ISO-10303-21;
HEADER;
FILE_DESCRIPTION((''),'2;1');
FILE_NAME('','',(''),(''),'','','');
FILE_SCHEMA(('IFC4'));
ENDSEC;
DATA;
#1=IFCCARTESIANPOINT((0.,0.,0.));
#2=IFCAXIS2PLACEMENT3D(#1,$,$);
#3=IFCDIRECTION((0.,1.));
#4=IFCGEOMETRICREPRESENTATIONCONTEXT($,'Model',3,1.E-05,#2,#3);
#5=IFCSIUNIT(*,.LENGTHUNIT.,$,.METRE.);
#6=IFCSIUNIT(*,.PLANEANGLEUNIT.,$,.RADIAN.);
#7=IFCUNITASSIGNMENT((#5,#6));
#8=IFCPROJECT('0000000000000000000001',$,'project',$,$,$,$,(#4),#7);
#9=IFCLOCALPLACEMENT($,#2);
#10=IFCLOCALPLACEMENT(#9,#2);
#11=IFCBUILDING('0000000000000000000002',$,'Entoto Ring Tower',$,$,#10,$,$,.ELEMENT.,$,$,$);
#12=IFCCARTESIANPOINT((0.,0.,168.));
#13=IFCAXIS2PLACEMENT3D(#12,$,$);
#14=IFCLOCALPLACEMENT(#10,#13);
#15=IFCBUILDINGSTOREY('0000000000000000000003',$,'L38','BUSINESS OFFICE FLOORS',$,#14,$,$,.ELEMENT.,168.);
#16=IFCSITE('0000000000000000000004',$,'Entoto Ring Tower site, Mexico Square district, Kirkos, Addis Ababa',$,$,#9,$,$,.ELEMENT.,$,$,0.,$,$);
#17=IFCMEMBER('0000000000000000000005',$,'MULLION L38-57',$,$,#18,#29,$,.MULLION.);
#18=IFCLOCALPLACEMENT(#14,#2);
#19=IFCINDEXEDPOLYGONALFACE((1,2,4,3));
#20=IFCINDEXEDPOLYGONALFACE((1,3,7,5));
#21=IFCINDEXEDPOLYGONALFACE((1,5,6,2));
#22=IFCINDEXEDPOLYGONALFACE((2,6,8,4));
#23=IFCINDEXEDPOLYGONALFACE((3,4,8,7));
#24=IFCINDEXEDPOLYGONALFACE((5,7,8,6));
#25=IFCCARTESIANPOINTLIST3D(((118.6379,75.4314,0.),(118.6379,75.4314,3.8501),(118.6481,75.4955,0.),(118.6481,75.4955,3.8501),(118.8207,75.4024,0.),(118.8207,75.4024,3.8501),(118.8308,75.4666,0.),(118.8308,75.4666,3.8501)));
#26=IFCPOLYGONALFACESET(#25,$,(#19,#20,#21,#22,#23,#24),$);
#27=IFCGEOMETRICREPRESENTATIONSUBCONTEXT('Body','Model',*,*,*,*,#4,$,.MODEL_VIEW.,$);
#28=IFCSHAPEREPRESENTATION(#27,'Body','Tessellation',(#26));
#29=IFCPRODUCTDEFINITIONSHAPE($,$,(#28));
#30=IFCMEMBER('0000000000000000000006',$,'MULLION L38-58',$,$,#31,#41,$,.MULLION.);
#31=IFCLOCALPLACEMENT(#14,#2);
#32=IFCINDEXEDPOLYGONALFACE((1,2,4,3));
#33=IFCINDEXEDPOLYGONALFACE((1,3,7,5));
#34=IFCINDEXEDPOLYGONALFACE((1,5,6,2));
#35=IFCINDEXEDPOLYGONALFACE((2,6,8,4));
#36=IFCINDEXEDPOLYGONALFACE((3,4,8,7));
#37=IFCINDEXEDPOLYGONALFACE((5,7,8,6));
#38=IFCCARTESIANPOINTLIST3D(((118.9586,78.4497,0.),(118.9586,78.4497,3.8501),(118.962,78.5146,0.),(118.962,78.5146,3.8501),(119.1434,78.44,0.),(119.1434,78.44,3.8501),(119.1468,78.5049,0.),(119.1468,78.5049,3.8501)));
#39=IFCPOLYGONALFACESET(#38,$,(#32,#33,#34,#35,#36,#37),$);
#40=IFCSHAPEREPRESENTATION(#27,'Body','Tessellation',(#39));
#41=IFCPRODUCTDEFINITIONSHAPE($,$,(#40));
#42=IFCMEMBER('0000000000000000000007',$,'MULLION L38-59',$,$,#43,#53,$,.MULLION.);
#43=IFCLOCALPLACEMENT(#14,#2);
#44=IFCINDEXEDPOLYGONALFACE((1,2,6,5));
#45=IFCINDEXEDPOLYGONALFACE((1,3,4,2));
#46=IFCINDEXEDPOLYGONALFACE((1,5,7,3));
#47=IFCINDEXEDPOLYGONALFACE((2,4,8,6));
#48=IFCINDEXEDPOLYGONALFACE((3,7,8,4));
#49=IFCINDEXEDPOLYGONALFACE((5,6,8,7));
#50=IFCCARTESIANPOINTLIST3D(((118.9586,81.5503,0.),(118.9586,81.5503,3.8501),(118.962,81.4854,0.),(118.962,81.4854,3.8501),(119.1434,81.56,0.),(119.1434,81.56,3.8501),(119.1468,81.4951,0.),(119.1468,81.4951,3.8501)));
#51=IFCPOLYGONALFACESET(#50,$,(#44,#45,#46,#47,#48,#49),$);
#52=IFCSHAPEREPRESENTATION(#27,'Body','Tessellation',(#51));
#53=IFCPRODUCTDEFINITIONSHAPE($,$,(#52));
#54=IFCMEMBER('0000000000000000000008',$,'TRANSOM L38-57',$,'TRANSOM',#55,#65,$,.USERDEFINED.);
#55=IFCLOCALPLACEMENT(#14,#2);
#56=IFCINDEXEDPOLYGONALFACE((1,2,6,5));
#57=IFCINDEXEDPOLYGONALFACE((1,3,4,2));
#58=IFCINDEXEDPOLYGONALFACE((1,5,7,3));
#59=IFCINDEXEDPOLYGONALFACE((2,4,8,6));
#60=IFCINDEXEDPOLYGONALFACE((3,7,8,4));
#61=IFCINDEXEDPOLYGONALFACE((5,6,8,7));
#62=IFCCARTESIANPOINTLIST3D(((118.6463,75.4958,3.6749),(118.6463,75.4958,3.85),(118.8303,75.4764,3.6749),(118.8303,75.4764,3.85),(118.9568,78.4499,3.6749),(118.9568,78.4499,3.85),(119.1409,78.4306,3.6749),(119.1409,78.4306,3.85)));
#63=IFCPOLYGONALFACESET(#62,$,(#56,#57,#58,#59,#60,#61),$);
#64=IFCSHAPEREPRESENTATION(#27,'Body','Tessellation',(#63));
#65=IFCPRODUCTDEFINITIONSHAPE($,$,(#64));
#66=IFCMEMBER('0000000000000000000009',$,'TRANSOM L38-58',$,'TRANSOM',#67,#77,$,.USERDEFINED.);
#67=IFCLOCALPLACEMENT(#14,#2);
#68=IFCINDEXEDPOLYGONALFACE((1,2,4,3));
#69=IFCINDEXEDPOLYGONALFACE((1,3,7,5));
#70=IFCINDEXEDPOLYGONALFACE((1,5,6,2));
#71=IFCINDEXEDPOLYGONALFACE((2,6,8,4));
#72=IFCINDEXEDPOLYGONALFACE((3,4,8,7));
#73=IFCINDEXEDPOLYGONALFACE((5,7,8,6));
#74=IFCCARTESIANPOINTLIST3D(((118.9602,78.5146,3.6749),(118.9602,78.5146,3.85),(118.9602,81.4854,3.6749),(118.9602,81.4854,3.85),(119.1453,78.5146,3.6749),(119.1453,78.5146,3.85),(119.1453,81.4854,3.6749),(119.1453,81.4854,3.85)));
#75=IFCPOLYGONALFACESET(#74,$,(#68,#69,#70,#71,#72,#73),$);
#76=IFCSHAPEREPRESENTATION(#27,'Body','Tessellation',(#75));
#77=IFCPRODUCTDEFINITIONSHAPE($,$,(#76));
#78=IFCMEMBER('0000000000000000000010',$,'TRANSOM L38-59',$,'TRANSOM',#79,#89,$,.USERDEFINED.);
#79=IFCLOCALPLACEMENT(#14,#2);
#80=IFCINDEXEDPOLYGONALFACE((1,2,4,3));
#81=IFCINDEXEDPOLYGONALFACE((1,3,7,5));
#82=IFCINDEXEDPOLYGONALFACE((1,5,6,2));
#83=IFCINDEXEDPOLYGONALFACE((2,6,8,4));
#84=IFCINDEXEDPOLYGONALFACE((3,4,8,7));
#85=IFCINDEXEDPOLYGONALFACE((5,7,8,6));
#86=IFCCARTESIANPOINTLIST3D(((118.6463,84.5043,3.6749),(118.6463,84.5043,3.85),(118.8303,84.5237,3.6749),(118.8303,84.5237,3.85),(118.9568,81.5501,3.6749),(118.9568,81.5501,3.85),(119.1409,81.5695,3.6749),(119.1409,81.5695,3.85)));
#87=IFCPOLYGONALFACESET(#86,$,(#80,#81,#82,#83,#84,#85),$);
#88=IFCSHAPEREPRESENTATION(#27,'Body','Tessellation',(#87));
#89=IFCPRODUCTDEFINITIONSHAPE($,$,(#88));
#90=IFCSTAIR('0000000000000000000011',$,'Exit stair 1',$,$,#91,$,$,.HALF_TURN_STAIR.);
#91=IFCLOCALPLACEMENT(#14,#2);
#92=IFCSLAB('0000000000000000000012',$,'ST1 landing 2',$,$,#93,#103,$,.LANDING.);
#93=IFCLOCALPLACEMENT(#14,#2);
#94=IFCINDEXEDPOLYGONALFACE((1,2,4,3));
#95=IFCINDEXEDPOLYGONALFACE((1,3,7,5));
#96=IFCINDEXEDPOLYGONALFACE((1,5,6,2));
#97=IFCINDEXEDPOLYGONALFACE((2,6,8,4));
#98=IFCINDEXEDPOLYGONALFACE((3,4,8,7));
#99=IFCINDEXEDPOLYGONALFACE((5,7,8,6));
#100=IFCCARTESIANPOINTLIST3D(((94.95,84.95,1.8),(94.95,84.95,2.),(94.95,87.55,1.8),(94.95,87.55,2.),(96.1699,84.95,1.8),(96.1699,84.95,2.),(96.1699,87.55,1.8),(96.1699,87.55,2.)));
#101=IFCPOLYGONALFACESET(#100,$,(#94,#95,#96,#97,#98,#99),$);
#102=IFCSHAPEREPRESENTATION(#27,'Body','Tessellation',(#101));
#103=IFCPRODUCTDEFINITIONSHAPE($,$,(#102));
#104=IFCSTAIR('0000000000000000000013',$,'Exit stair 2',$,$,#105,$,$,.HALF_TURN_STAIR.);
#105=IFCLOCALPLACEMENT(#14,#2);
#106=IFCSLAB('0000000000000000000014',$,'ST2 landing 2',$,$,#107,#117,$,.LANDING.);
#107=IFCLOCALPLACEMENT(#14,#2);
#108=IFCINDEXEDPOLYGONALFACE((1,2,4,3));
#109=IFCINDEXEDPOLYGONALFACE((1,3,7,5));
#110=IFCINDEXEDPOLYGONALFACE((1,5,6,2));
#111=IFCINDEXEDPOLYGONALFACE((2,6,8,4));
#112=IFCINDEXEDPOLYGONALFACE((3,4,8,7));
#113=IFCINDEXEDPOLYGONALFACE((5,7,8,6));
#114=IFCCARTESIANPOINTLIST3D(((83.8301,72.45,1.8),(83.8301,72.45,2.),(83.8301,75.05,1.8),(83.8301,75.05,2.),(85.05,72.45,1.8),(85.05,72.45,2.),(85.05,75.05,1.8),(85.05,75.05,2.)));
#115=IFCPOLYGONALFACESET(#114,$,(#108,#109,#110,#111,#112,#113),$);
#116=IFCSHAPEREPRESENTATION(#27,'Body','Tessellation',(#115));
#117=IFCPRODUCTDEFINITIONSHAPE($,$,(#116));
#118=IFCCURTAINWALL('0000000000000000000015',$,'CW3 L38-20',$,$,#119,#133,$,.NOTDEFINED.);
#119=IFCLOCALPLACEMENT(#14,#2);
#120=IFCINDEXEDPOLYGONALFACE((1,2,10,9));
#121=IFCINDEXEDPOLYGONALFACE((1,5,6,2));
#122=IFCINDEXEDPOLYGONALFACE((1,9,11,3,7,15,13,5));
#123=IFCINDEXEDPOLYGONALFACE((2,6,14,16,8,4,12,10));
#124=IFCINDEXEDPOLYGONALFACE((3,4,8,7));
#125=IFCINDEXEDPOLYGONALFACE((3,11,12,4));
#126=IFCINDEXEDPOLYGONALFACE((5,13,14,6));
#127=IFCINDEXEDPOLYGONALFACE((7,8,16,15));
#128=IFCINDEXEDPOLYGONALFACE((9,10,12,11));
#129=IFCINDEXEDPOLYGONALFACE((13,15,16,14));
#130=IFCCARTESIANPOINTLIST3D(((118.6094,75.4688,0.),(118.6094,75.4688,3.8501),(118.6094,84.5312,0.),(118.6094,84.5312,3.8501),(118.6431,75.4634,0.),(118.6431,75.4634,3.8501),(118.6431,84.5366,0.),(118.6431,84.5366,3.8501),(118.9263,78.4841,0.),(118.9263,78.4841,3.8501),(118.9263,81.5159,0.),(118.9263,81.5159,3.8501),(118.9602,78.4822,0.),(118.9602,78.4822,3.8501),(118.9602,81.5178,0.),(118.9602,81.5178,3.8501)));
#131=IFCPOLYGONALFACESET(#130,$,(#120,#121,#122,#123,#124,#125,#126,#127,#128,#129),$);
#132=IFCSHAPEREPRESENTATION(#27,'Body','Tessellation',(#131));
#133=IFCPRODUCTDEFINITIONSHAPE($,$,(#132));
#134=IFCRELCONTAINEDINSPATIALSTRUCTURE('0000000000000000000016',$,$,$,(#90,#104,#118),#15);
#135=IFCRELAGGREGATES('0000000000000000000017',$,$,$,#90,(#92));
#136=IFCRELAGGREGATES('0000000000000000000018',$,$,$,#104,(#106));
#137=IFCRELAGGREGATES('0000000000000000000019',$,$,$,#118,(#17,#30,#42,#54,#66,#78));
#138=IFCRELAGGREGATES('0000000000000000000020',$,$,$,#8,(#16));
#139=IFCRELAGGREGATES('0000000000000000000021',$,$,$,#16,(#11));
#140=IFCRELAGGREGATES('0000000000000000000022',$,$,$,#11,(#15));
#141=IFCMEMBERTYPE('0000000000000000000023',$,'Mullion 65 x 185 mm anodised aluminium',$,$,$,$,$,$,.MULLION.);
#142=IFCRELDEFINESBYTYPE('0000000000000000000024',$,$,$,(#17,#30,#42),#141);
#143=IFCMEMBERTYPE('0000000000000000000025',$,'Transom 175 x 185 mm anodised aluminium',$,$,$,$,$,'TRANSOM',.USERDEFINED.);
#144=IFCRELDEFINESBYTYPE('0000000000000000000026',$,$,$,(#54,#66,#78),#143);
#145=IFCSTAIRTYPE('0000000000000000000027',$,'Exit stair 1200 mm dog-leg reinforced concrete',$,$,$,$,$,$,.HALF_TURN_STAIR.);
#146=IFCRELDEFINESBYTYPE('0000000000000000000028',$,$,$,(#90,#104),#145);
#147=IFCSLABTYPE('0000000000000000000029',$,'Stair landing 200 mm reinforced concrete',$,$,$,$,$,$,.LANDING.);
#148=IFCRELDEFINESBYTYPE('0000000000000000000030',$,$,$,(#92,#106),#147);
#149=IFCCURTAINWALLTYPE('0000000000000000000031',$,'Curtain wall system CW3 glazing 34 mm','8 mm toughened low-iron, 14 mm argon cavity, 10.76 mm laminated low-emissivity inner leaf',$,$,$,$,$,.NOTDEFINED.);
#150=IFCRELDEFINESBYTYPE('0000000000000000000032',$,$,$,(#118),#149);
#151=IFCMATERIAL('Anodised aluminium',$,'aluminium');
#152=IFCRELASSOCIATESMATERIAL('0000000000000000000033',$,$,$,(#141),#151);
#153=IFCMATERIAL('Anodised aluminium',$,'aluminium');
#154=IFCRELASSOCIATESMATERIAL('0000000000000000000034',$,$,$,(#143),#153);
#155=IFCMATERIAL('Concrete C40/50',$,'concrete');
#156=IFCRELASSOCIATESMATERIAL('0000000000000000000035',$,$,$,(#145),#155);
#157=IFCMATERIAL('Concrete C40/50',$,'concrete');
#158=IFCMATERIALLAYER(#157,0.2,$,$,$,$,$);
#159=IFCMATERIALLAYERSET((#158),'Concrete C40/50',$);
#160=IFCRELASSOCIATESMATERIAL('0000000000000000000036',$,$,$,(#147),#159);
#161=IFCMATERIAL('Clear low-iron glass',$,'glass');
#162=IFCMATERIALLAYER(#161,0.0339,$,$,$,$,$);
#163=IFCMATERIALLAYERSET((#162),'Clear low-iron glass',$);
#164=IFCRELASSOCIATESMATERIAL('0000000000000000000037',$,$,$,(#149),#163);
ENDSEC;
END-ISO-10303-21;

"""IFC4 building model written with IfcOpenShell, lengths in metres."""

from ifc_helpers import new_model, si_unit, direction, frame, origin, origin_2d, place, context, subcontext, project, spatial, polyline, rectangle, outline, extrude, material, layer, layer_set, material_profile, profile_set, type_object, element, aggregate, save


model = new_model("IFC4")

# Units and contexts
model_context = context("Model", 3, precision=1e-05, world=origin(), true_north=direction((0.0, 1.0)))
body_context = subcontext(model_context, "Body", "Model", "MODEL_VIEW")
ifc_project = project(units=[si_unit("LENGTHUNIT", "METRE"), si_unit("PLANEANGLEUNIT", "RADIAN")], contexts=[model_context])

# Members
ifc_material_1 = material(Name="Anodised aluminium", Category="aluminium")
ifc_material_profile_1 = material_profile(ifc_material_1, rectangle(XDim=0.0649, YDim=0.1851, at=origin_2d()), Name="Mullion 65 x 185 mm anodised aluminium")
ifc_profile_set_1 = profile_set([ifc_material_profile_1], Name="Anodised aluminium")
member_type_1 = type_object("IfcMemberType", Name="Mullion 65 x 185 mm anodised aluminium", PredefinedType="MULLION", material=ifc_profile_set_1)
site_placement = place(None, origin())
building_placement = place(site_placement, origin())
storey_placement = place(building_placement, frame((0.0, 0.0, 168.0)))
member_1_placement = place(storey_placement, frame((118.7344, 75.449, 0.0), z_axis=(0.0, 0.0, 1.0), x_axis=(0.156434, 0.987688, 0.0)))
member_1 = element("IfcMember", 1, at=member_1_placement, type_object=member_type_1, Name="MULLION L38-57", PredefinedType="MULLION", context=body_context, shape_type="SweptSolid", body=[
    extrude(rectangle(XDim=0.0649, YDim=0.1851, at=origin_2d()), origin(), (0.0, 0.0, 1.0), 3.8501),
])
member_2_placement = place(storey_placement, frame((119.0527, 78.4773, 0.0), z_axis=(0.0, 0.0, 1.0), x_axis=(0.052336, 0.99863, 0.0)))
member_2 = element("IfcMember", 2, at=member_2_placement, type_object=member_type_1, Name="MULLION L38-58", PredefinedType="MULLION", context=body_context, shape_type="SweptSolid", body=[
    extrude(rectangle(XDim=0.0649, YDim=0.1851, at=origin_2d()), origin(), (0.0, 0.0, 1.0), 3.8501),
])
member_3_placement = place(storey_placement, frame((119.0527, 81.5227, 0.0), z_axis=(0.0, 0.0, 1.0), x_axis=(-0.052336, 0.99863, 0.0)))
member_3 = element("IfcMember", 3, at=member_3_placement, type_object=member_type_1, Name="MULLION L38-59", PredefinedType="MULLION", context=body_context, shape_type="SweptSolid", body=[
    extrude(rectangle(XDim=0.0649, YDim=0.1851, at=origin_2d()), origin(), (0.0, 0.0, 1.0), 3.8501),
])
ifc_material_2 = material(Name="Anodised aluminium", Category="aluminium")
ifc_material_profile_2 = material_profile(ifc_material_2, rectangle(XDim=0.1851, YDim=0.175, at=origin_2d()), Name="Transom 175 x 185 mm anodised aluminium")
ifc_profile_set_2 = profile_set([ifc_material_profile_2], Name="Anodised aluminium")
member_type_2 = type_object("IfcMemberType", Name="Transom 175 x 185 mm anodised aluminium", ElementType="TRANSOM", PredefinedType="USERDEFINED", material=ifc_profile_set_2)
member_4_placement = place(storey_placement, frame((118.7383, 75.4861, 3.7625), z_axis=(0.104548, 0.99452, 0.0), x_axis=(-0.99452, 0.104548, 0.0)))
member_4 = element("IfcMember", 4, at=member_4_placement, type_object=member_type_2, Name="TRANSOM L38-57", ObjectType="TRANSOM", PredefinedType="USERDEFINED", context=body_context, shape_type="SweptSolid", body=[
    extrude(rectangle(XDim=0.1851, YDim=0.175, at=origin_2d()), origin(), (0.0, 0.0, 1.0), 2.9705),
])
member_5_placement = place(storey_placement, frame((119.0527, 78.5146, 3.7625), z_axis=(0.0, 1.0, 0.0), x_axis=(-1.0, 0.0, 0.0)))
member_5 = element("IfcMember", 5, at=member_5_placement, type_object=member_type_2, Name="TRANSOM L38-58", ObjectType="TRANSOM", PredefinedType="USERDEFINED", context=body_context, shape_type="SweptSolid", body=[
    extrude(rectangle(XDim=0.1851, YDim=0.175, at=origin_2d()), origin(), (0.0, 0.0, 1.0), 2.9707),
])
member_6_placement = place(storey_placement, frame((119.0488, 81.5598, 3.7625), z_axis=(-0.104548, 0.99452, 0.0), x_axis=(-0.99452, -0.104548, 0.0)))
member_6 = element("IfcMember", 6, at=member_6_placement, type_object=member_type_2, Name="TRANSOM L38-59", ObjectType="TRANSOM", PredefinedType="USERDEFINED", context=body_context, shape_type="SweptSolid", body=[
    extrude(rectangle(XDim=0.1851, YDim=0.175, at=origin_2d()), origin(), (0.0, 0.0, 1.0), 2.9705),
])

# Site, building, storey
site = spatial("IfcSite", under=ifc_project, at=site_placement, Name="Entoto Ring Tower site, Mexico Square district, Kirkos, Addis Ababa", CompositionType="ELEMENT", RefElevation=0.0)
building = spatial("IfcBuilding", under=site, at=building_placement, Name="Entoto Ring Tower", CompositionType="ELEMENT")
storey = spatial("IfcBuildingStorey", under=building, at=storey_placement, Name="L38", Description="BUSINESS OFFICE FLOORS", CompositionType="ELEMENT", Elevation=168.0)

# Stairs, slabs
ifc_material_3 = material(Name="Concrete C40/50", Category="concrete")
stair_type = type_object("IfcStairType", Name="Exit stair 1200 mm dog-leg reinforced concrete", PredefinedType="HALF_TURN_STAIR", material=ifc_material_3)
stair_1_placement = place(storey_placement, origin())
stair_1 = element("IfcStair", 7, at=stair_1_placement, inside=storey, type_object=stair_type, Name="Exit stair 1", PredefinedType="HALF_TURN_STAIR")
ifc_material_4 = material(Name="Concrete C40/50", Category="concrete")
ifc_layer_1 = layer(ifc_material_4, 0.2)
ifc_layer_set_1 = layer_set([ifc_layer_1], Name="Concrete C40/50")
slab_type = type_object("IfcSlabType", Name="Stair landing 200 mm reinforced concrete", PredefinedType="LANDING", material=ifc_layer_set_1)
slab_1_placement = place(storey_placement, frame((0.0, 0.0, 1.8)))
slab_1 = element("IfcSlab", 8, at=slab_1_placement, type_object=slab_type, Name="ST1 landing 2", PredefinedType="LANDING", context=body_context, shape_type="SweptSolid", body=[
    extrude(outline(polyline([(94.95, 84.95), (96.1699, 84.95), (96.1699, 87.55), (94.95, 87.55), (94.95, 84.95)])), origin(), (0.0, 0.0, 1.0), 0.2),
])
aggregate(stair_1, [slab_1])
stair_2_placement = place(storey_placement, origin())
stair_2 = element("IfcStair", 9, at=stair_2_placement, inside=storey, type_object=stair_type, Name="Exit stair 2", PredefinedType="HALF_TURN_STAIR")
slab_2_placement = place(storey_placement, frame((0.0, 0.0, 1.8)))
slab_2 = element("IfcSlab", 10, at=slab_2_placement, type_object=slab_type, Name="ST2 landing 2", PredefinedType="LANDING", context=body_context, shape_type="SweptSolid", body=[
    extrude(outline(polyline([(83.8301, 72.45), (85.05, 72.45), (85.05, 75.05), (83.8301, 75.05), (83.8301, 72.45)])), origin(), (0.0, 0.0, 1.0), 0.2),
])
aggregate(stair_2, [slab_2])

# Curtain wall
ifc_material_5 = material(Name="Clear low-iron glass", Category="glass")
ifc_layer_2 = layer(ifc_material_5, 0.0339)
ifc_layer_set_2 = layer_set([ifc_layer_2], Name="Clear low-iron glass")
curtain_wall_type = type_object("IfcCurtainWallType", Name="Curtain wall system CW3 glazing 34 mm", Description="8 mm toughened low-iron, 14 mm argon cavity, 10.76 mm laminated low-emissivity inner leaf", PredefinedType="NOTDEFINED", material=ifc_layer_set_2)
curtain_wall_1_placement = place(storey_placement, origin())
curtain_wall_1 = element("IfcCurtainWall", 11, at=curtain_wall_1_placement, inside=storey, type_object=curtain_wall_type, Name="CW3 L38-20", PredefinedType="NOTDEFINED", context=body_context, shape_type="SweptSolid", body=[
    extrude(outline(polyline([(118.6431, 75.4634), (118.9602, 78.4822), (118.9602, 81.5178), (118.6431, 84.5366), (118.6094, 84.5312), (118.9263, 81.5159), (118.9263, 78.4841), (118.6094, 75.4688), (118.6431, 75.4634)])), origin(), (0.0, 0.0, 1.0), 3.8501),
])
aggregate(curtain_wall_1, [member_1, member_2, member_3, member_4, member_5, member_6])

save(model, "model.ifc")
